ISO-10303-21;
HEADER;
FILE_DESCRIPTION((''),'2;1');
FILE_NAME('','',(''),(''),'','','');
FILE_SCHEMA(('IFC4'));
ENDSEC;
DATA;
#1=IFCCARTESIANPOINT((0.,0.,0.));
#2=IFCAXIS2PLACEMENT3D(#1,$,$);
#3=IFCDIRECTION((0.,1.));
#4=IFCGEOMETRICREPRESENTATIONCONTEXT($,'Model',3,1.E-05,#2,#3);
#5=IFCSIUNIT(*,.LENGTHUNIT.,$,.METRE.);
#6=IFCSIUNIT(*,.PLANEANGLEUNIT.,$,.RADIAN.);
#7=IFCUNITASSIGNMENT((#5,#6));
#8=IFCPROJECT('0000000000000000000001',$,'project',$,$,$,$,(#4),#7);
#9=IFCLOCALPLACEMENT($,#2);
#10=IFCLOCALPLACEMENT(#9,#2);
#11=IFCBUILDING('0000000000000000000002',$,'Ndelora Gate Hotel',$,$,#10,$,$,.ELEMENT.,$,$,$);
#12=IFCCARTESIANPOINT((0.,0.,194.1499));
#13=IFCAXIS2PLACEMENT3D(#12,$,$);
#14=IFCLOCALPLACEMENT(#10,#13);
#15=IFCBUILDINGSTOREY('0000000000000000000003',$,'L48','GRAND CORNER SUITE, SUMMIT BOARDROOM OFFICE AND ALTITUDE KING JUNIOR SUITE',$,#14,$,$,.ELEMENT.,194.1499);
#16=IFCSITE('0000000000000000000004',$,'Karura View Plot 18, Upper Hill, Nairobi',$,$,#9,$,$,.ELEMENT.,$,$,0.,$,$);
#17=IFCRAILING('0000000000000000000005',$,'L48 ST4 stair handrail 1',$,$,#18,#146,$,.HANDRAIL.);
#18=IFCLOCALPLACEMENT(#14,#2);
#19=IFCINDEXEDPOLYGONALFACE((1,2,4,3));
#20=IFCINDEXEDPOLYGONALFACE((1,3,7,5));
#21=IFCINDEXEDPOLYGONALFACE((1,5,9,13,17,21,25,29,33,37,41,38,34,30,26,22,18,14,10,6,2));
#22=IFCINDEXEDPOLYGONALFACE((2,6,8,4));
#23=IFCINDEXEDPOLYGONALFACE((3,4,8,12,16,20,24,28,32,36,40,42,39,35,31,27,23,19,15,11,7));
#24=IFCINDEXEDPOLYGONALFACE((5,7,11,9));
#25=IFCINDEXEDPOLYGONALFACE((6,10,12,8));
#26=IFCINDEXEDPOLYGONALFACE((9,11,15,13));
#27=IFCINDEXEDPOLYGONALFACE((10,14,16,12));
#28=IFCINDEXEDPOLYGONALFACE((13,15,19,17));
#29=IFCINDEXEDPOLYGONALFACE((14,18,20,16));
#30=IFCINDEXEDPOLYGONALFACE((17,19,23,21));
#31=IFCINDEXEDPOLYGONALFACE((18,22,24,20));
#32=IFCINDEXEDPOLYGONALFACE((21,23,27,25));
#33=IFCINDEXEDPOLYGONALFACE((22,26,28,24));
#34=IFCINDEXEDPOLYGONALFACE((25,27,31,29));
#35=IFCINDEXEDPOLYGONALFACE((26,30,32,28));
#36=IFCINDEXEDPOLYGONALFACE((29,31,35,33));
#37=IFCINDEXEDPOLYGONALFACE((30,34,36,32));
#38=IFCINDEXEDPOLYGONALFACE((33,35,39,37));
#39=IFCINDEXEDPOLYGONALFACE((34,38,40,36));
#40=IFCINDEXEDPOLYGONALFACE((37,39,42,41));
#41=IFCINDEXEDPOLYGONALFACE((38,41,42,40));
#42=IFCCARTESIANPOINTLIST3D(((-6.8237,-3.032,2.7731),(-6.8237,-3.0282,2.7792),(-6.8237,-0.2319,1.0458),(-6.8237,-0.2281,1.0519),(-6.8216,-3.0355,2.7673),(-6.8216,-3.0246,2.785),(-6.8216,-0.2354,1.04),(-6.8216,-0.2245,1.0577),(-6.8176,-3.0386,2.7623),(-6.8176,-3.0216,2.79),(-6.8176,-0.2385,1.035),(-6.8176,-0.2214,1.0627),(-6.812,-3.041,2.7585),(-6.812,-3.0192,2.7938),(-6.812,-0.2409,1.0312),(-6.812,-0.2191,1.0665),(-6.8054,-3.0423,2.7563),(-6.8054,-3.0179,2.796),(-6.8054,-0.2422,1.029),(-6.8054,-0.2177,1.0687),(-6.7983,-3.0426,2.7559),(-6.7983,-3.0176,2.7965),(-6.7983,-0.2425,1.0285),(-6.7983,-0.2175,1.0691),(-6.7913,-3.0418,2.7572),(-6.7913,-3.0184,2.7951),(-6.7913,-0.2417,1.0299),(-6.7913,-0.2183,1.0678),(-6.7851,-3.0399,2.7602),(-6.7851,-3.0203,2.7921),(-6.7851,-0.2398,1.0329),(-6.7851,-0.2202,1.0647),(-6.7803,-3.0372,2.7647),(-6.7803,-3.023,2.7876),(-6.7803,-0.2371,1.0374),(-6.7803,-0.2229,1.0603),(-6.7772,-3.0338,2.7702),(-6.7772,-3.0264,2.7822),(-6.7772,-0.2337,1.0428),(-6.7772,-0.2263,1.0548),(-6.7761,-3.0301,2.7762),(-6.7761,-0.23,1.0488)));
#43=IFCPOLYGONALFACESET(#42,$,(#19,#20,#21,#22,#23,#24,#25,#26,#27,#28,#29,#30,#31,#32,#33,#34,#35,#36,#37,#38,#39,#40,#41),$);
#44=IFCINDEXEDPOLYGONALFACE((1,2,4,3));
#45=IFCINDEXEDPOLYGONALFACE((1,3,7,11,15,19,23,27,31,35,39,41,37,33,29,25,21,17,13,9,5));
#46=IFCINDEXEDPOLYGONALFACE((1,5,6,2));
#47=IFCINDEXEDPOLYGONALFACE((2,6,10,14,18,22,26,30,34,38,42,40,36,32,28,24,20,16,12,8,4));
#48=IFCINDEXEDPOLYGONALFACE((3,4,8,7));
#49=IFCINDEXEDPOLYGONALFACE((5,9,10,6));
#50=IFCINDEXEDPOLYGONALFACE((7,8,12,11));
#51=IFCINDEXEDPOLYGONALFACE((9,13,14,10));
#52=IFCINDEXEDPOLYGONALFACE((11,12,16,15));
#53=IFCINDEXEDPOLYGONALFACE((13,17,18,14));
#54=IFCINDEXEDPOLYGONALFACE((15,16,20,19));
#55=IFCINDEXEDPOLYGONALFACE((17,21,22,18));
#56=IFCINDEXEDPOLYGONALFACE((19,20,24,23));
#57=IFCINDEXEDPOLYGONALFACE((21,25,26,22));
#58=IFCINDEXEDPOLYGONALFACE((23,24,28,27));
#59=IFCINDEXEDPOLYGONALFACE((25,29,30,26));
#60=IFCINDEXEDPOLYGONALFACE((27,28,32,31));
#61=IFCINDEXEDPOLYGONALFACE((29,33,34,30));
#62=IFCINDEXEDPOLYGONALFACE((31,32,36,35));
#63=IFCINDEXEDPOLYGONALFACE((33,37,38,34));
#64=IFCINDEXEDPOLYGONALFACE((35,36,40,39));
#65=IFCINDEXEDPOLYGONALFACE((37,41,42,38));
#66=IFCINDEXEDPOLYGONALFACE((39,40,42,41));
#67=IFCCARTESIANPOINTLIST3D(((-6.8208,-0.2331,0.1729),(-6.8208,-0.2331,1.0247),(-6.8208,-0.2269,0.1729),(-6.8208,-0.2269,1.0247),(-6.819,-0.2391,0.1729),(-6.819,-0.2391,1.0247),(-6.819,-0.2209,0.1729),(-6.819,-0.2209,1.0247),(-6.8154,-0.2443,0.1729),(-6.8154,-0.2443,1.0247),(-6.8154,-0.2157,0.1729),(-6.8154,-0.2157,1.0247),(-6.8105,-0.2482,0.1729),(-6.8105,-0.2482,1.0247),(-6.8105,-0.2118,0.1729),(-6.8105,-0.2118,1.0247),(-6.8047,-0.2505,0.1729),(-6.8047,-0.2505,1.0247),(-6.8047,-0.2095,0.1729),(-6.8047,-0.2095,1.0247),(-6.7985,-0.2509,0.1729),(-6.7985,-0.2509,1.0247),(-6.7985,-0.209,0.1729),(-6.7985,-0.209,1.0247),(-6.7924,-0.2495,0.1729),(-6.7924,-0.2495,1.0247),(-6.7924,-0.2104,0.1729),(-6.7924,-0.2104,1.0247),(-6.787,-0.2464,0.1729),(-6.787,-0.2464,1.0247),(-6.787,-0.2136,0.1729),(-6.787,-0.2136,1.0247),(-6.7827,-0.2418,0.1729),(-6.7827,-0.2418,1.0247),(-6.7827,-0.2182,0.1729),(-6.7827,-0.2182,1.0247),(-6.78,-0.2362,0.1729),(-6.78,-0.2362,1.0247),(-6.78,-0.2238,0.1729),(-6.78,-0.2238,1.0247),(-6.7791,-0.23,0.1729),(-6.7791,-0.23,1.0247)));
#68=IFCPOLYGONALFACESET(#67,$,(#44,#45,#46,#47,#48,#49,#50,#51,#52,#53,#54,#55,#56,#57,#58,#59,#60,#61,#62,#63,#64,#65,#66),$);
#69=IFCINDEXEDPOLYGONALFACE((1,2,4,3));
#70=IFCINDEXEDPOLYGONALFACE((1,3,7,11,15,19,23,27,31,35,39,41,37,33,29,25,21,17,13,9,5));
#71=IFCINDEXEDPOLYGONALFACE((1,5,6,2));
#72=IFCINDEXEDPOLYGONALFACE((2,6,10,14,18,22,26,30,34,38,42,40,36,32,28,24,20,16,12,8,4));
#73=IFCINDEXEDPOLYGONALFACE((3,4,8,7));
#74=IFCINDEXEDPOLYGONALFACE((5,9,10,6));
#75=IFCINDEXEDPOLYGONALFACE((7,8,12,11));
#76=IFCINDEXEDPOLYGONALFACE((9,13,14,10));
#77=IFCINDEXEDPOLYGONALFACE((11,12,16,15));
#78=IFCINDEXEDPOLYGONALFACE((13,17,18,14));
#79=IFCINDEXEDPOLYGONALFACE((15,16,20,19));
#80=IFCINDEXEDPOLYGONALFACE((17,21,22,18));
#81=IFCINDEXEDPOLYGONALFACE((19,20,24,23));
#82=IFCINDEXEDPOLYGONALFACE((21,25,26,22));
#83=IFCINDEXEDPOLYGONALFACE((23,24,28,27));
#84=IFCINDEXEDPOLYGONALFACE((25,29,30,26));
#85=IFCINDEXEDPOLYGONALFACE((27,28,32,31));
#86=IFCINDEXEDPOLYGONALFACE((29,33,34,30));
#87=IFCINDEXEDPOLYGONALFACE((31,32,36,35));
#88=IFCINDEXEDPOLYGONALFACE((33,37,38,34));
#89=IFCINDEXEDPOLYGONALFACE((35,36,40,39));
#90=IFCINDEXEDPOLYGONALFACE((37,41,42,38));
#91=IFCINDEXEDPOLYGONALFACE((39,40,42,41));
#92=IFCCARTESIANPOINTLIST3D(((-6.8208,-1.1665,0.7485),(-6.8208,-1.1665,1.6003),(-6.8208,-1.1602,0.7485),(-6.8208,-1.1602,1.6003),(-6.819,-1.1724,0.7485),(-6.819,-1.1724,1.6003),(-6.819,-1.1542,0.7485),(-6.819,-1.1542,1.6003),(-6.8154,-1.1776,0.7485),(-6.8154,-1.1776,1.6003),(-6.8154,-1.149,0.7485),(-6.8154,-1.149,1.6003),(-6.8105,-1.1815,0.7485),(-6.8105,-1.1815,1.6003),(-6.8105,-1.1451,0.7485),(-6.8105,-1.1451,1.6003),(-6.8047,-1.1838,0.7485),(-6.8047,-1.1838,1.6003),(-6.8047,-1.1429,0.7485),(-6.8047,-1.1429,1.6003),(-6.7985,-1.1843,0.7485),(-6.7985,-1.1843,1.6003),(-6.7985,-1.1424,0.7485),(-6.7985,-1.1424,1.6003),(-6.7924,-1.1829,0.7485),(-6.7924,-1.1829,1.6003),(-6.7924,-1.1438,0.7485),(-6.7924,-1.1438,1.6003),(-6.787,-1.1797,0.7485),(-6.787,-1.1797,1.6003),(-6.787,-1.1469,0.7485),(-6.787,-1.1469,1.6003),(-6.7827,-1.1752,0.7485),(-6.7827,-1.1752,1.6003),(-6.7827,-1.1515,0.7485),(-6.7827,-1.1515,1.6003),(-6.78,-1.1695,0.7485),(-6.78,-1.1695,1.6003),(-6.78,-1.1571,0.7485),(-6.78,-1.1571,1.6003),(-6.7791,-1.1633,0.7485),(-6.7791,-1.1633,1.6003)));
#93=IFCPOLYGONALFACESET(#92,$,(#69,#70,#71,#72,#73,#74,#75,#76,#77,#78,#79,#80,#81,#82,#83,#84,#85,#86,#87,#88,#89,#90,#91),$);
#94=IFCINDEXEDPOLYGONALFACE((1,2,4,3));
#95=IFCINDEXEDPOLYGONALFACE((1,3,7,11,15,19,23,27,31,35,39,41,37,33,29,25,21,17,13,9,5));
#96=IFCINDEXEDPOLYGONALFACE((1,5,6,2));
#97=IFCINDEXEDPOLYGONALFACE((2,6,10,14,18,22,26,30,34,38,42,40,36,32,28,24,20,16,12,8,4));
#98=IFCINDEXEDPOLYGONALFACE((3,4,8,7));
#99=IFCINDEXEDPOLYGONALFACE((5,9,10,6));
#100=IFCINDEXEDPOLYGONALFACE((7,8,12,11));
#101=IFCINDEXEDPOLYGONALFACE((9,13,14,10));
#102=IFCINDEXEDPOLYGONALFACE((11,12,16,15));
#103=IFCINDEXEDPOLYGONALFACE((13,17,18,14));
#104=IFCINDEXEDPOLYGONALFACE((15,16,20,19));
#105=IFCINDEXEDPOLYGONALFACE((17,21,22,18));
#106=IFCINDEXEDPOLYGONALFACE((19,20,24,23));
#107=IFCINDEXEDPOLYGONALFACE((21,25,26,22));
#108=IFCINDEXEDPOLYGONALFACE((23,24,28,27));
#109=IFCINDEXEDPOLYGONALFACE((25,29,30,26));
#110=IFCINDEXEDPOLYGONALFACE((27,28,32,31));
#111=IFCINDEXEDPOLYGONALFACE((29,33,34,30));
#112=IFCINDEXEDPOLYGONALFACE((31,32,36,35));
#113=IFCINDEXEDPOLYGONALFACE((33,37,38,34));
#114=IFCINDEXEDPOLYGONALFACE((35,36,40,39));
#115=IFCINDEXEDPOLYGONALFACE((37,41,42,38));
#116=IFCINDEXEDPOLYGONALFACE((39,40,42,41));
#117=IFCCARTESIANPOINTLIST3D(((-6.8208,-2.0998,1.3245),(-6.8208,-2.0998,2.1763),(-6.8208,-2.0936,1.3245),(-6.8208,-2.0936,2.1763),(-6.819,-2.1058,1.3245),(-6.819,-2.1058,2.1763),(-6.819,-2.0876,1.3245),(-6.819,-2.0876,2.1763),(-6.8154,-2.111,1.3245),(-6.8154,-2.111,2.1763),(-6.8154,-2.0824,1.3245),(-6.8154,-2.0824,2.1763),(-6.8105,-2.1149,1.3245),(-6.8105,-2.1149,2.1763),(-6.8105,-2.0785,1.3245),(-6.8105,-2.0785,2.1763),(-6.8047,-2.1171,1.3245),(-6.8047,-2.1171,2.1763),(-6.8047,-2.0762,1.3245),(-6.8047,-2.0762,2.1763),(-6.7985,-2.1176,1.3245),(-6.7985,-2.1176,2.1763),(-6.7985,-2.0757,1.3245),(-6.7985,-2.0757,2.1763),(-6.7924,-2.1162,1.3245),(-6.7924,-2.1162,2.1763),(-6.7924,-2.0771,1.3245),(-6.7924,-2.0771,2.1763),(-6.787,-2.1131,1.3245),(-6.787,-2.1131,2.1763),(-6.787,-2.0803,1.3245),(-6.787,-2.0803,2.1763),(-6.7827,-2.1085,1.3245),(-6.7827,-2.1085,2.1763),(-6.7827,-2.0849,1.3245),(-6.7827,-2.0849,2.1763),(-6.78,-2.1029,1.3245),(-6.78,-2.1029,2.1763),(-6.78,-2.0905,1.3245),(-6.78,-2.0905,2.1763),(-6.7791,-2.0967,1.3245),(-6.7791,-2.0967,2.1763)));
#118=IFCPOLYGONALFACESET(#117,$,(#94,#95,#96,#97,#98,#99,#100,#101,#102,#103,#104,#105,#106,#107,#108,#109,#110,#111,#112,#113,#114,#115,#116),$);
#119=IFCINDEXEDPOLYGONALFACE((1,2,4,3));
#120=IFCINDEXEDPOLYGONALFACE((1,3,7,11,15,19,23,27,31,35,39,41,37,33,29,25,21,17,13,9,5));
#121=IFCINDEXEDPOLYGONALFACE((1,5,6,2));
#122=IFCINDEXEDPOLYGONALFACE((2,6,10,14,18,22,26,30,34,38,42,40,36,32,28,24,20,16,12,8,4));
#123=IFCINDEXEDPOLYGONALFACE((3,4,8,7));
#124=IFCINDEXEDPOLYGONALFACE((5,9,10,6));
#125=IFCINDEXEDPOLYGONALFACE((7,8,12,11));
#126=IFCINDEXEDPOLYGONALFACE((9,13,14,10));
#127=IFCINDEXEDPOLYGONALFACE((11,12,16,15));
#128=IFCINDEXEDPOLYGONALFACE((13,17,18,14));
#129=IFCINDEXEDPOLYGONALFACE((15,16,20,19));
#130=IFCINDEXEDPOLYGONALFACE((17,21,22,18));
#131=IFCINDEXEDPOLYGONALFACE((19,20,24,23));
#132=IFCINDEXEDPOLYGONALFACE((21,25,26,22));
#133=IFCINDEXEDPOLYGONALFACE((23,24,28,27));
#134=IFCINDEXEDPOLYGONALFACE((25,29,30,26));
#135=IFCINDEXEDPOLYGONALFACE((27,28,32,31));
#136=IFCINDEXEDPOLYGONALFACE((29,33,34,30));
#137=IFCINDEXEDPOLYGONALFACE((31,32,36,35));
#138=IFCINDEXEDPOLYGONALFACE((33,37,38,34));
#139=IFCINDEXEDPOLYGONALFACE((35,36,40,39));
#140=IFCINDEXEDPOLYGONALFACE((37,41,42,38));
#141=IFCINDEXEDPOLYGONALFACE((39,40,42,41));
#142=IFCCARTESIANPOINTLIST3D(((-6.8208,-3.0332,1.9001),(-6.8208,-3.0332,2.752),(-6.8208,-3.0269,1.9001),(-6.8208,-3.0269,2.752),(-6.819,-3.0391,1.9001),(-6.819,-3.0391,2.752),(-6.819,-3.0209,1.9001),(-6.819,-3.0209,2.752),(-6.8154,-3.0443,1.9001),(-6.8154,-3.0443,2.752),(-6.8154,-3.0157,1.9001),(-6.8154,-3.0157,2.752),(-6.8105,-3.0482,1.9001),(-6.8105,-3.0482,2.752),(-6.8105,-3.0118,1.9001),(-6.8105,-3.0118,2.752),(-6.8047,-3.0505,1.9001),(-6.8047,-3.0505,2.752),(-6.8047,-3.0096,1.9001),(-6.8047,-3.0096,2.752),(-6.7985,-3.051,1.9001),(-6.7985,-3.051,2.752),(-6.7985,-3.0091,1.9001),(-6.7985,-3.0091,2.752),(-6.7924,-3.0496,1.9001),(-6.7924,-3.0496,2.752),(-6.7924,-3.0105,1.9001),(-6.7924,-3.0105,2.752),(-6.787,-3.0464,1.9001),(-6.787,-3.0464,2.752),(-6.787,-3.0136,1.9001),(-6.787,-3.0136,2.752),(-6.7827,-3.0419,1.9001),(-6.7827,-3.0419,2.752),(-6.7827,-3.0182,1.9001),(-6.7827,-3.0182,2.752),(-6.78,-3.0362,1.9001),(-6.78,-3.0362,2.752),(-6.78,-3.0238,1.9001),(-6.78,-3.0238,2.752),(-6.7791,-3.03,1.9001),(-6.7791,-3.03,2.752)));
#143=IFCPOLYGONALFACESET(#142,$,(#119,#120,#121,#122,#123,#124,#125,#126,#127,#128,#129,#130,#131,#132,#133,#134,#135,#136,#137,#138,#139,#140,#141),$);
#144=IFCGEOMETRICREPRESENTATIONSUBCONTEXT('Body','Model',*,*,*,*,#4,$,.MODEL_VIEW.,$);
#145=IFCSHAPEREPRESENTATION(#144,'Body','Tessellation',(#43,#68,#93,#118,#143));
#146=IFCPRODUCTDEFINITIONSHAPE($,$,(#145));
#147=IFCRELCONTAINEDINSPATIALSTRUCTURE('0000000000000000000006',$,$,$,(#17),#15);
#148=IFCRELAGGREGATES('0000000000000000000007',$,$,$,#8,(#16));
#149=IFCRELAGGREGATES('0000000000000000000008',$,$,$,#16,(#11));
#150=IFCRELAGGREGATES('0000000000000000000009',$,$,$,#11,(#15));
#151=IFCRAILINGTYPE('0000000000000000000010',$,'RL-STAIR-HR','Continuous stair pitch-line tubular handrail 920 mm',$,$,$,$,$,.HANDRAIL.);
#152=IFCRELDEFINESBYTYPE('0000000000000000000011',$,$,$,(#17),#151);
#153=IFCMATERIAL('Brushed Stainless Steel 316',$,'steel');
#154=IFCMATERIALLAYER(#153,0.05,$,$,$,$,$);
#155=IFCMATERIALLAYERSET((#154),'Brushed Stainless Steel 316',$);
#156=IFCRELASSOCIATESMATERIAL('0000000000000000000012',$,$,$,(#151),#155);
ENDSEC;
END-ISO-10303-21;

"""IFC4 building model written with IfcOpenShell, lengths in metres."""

from ifc_helpers import new_model, si_unit, direction, frame, origin, origin_2d, place, context, subcontext, project, spatial, circle, extrude, material, layer, layer_set, type_object, element, save


model = new_model("IFC4")

# Units and contexts
model_context = context("Model", 3, precision=1e-05, world=origin(), true_north=direction((0.0, 1.0)))
body_context = subcontext(model_context, "Body", "Model", "MODEL_VIEW")
ifc_project = project(units=[si_unit("LENGTHUNIT", "METRE"), si_unit("PLANEANGLEUNIT", "RADIAN")], contexts=[model_context])

# Site, building, storey
site_placement = place(None, origin())
site = spatial("IfcSite", under=ifc_project, at=site_placement, Name="Karura View Plot 18, Upper Hill, Nairobi", CompositionType="ELEMENT", RefElevation=0.0)
building_placement = place(site_placement, origin())
building = spatial("IfcBuilding", under=site, at=building_placement, Name="Ndelora Gate Hotel", CompositionType="ELEMENT")
storey_placement = place(building_placement, frame((0.0, 0.0, 194.1499)))
storey = spatial("IfcBuildingStorey", under=building, at=storey_placement, Name="L48", Description="GRAND CORNER SUITE, SUMMIT BOARDROOM OFFICE AND ALTITUDE KING JUNIOR SUITE", CompositionType="ELEMENT", Elevation=194.1499)

# Railing
ifc_material_1 = material(Name="Brushed Stainless Steel 316", Category="steel")
ifc_layer_1 = layer(ifc_material_1, 0.05)
ifc_layer_set_1 = layer_set([ifc_layer_1], Name="Brushed Stainless Steel 316")
railing_type_1 = type_object("IfcRailingType", Name="RL-STAIR-HR", Description="Continuous stair pitch-line tubular handrail 920 mm", PredefinedType="HANDRAIL", material=ifc_layer_set_1)
railing_1_placement = place(storey_placement, frame((-6.8, -0.23, 0.1729)))
element("IfcRailing", 1, at=railing_1_placement, inside=storey, type_object=railing_type_1, Name="L48 ST4 stair handrail 1", PredefinedType="HANDRAIL", context=body_context, shape_type="SweptSolid", body=[
    extrude(circle(Radius=0.0239, at=origin_2d()), frame((0.0, 0.0, 0.876), z_axis=(0.0, -0.85109, 0.52502), x_axis=(1.0, 0.0, 0.0)), (0.0, 0.0, 1.0), 3.29),
    extrude(circle(Radius=0.021, at=origin_2d()), origin(), (0.0, 0.0, 1.0), 0.8518),
    extrude(circle(Radius=0.021, at=origin_2d()), frame((0.0, -0.9333, 0.5757)), (0.0, 0.0, 1.0), 0.8518),
    extrude(circle(Radius=0.021, at=origin_2d()), frame((0.0, -1.8667, 1.1516)), (0.0, 0.0, 1.0), 0.8518),
    extrude(circle(Radius=0.021, at=origin_2d()), frame((0.0, -2.8, 1.7273)), (0.0, 0.0, 1.0), 0.8518),
])

save(model, "model.ifc")
